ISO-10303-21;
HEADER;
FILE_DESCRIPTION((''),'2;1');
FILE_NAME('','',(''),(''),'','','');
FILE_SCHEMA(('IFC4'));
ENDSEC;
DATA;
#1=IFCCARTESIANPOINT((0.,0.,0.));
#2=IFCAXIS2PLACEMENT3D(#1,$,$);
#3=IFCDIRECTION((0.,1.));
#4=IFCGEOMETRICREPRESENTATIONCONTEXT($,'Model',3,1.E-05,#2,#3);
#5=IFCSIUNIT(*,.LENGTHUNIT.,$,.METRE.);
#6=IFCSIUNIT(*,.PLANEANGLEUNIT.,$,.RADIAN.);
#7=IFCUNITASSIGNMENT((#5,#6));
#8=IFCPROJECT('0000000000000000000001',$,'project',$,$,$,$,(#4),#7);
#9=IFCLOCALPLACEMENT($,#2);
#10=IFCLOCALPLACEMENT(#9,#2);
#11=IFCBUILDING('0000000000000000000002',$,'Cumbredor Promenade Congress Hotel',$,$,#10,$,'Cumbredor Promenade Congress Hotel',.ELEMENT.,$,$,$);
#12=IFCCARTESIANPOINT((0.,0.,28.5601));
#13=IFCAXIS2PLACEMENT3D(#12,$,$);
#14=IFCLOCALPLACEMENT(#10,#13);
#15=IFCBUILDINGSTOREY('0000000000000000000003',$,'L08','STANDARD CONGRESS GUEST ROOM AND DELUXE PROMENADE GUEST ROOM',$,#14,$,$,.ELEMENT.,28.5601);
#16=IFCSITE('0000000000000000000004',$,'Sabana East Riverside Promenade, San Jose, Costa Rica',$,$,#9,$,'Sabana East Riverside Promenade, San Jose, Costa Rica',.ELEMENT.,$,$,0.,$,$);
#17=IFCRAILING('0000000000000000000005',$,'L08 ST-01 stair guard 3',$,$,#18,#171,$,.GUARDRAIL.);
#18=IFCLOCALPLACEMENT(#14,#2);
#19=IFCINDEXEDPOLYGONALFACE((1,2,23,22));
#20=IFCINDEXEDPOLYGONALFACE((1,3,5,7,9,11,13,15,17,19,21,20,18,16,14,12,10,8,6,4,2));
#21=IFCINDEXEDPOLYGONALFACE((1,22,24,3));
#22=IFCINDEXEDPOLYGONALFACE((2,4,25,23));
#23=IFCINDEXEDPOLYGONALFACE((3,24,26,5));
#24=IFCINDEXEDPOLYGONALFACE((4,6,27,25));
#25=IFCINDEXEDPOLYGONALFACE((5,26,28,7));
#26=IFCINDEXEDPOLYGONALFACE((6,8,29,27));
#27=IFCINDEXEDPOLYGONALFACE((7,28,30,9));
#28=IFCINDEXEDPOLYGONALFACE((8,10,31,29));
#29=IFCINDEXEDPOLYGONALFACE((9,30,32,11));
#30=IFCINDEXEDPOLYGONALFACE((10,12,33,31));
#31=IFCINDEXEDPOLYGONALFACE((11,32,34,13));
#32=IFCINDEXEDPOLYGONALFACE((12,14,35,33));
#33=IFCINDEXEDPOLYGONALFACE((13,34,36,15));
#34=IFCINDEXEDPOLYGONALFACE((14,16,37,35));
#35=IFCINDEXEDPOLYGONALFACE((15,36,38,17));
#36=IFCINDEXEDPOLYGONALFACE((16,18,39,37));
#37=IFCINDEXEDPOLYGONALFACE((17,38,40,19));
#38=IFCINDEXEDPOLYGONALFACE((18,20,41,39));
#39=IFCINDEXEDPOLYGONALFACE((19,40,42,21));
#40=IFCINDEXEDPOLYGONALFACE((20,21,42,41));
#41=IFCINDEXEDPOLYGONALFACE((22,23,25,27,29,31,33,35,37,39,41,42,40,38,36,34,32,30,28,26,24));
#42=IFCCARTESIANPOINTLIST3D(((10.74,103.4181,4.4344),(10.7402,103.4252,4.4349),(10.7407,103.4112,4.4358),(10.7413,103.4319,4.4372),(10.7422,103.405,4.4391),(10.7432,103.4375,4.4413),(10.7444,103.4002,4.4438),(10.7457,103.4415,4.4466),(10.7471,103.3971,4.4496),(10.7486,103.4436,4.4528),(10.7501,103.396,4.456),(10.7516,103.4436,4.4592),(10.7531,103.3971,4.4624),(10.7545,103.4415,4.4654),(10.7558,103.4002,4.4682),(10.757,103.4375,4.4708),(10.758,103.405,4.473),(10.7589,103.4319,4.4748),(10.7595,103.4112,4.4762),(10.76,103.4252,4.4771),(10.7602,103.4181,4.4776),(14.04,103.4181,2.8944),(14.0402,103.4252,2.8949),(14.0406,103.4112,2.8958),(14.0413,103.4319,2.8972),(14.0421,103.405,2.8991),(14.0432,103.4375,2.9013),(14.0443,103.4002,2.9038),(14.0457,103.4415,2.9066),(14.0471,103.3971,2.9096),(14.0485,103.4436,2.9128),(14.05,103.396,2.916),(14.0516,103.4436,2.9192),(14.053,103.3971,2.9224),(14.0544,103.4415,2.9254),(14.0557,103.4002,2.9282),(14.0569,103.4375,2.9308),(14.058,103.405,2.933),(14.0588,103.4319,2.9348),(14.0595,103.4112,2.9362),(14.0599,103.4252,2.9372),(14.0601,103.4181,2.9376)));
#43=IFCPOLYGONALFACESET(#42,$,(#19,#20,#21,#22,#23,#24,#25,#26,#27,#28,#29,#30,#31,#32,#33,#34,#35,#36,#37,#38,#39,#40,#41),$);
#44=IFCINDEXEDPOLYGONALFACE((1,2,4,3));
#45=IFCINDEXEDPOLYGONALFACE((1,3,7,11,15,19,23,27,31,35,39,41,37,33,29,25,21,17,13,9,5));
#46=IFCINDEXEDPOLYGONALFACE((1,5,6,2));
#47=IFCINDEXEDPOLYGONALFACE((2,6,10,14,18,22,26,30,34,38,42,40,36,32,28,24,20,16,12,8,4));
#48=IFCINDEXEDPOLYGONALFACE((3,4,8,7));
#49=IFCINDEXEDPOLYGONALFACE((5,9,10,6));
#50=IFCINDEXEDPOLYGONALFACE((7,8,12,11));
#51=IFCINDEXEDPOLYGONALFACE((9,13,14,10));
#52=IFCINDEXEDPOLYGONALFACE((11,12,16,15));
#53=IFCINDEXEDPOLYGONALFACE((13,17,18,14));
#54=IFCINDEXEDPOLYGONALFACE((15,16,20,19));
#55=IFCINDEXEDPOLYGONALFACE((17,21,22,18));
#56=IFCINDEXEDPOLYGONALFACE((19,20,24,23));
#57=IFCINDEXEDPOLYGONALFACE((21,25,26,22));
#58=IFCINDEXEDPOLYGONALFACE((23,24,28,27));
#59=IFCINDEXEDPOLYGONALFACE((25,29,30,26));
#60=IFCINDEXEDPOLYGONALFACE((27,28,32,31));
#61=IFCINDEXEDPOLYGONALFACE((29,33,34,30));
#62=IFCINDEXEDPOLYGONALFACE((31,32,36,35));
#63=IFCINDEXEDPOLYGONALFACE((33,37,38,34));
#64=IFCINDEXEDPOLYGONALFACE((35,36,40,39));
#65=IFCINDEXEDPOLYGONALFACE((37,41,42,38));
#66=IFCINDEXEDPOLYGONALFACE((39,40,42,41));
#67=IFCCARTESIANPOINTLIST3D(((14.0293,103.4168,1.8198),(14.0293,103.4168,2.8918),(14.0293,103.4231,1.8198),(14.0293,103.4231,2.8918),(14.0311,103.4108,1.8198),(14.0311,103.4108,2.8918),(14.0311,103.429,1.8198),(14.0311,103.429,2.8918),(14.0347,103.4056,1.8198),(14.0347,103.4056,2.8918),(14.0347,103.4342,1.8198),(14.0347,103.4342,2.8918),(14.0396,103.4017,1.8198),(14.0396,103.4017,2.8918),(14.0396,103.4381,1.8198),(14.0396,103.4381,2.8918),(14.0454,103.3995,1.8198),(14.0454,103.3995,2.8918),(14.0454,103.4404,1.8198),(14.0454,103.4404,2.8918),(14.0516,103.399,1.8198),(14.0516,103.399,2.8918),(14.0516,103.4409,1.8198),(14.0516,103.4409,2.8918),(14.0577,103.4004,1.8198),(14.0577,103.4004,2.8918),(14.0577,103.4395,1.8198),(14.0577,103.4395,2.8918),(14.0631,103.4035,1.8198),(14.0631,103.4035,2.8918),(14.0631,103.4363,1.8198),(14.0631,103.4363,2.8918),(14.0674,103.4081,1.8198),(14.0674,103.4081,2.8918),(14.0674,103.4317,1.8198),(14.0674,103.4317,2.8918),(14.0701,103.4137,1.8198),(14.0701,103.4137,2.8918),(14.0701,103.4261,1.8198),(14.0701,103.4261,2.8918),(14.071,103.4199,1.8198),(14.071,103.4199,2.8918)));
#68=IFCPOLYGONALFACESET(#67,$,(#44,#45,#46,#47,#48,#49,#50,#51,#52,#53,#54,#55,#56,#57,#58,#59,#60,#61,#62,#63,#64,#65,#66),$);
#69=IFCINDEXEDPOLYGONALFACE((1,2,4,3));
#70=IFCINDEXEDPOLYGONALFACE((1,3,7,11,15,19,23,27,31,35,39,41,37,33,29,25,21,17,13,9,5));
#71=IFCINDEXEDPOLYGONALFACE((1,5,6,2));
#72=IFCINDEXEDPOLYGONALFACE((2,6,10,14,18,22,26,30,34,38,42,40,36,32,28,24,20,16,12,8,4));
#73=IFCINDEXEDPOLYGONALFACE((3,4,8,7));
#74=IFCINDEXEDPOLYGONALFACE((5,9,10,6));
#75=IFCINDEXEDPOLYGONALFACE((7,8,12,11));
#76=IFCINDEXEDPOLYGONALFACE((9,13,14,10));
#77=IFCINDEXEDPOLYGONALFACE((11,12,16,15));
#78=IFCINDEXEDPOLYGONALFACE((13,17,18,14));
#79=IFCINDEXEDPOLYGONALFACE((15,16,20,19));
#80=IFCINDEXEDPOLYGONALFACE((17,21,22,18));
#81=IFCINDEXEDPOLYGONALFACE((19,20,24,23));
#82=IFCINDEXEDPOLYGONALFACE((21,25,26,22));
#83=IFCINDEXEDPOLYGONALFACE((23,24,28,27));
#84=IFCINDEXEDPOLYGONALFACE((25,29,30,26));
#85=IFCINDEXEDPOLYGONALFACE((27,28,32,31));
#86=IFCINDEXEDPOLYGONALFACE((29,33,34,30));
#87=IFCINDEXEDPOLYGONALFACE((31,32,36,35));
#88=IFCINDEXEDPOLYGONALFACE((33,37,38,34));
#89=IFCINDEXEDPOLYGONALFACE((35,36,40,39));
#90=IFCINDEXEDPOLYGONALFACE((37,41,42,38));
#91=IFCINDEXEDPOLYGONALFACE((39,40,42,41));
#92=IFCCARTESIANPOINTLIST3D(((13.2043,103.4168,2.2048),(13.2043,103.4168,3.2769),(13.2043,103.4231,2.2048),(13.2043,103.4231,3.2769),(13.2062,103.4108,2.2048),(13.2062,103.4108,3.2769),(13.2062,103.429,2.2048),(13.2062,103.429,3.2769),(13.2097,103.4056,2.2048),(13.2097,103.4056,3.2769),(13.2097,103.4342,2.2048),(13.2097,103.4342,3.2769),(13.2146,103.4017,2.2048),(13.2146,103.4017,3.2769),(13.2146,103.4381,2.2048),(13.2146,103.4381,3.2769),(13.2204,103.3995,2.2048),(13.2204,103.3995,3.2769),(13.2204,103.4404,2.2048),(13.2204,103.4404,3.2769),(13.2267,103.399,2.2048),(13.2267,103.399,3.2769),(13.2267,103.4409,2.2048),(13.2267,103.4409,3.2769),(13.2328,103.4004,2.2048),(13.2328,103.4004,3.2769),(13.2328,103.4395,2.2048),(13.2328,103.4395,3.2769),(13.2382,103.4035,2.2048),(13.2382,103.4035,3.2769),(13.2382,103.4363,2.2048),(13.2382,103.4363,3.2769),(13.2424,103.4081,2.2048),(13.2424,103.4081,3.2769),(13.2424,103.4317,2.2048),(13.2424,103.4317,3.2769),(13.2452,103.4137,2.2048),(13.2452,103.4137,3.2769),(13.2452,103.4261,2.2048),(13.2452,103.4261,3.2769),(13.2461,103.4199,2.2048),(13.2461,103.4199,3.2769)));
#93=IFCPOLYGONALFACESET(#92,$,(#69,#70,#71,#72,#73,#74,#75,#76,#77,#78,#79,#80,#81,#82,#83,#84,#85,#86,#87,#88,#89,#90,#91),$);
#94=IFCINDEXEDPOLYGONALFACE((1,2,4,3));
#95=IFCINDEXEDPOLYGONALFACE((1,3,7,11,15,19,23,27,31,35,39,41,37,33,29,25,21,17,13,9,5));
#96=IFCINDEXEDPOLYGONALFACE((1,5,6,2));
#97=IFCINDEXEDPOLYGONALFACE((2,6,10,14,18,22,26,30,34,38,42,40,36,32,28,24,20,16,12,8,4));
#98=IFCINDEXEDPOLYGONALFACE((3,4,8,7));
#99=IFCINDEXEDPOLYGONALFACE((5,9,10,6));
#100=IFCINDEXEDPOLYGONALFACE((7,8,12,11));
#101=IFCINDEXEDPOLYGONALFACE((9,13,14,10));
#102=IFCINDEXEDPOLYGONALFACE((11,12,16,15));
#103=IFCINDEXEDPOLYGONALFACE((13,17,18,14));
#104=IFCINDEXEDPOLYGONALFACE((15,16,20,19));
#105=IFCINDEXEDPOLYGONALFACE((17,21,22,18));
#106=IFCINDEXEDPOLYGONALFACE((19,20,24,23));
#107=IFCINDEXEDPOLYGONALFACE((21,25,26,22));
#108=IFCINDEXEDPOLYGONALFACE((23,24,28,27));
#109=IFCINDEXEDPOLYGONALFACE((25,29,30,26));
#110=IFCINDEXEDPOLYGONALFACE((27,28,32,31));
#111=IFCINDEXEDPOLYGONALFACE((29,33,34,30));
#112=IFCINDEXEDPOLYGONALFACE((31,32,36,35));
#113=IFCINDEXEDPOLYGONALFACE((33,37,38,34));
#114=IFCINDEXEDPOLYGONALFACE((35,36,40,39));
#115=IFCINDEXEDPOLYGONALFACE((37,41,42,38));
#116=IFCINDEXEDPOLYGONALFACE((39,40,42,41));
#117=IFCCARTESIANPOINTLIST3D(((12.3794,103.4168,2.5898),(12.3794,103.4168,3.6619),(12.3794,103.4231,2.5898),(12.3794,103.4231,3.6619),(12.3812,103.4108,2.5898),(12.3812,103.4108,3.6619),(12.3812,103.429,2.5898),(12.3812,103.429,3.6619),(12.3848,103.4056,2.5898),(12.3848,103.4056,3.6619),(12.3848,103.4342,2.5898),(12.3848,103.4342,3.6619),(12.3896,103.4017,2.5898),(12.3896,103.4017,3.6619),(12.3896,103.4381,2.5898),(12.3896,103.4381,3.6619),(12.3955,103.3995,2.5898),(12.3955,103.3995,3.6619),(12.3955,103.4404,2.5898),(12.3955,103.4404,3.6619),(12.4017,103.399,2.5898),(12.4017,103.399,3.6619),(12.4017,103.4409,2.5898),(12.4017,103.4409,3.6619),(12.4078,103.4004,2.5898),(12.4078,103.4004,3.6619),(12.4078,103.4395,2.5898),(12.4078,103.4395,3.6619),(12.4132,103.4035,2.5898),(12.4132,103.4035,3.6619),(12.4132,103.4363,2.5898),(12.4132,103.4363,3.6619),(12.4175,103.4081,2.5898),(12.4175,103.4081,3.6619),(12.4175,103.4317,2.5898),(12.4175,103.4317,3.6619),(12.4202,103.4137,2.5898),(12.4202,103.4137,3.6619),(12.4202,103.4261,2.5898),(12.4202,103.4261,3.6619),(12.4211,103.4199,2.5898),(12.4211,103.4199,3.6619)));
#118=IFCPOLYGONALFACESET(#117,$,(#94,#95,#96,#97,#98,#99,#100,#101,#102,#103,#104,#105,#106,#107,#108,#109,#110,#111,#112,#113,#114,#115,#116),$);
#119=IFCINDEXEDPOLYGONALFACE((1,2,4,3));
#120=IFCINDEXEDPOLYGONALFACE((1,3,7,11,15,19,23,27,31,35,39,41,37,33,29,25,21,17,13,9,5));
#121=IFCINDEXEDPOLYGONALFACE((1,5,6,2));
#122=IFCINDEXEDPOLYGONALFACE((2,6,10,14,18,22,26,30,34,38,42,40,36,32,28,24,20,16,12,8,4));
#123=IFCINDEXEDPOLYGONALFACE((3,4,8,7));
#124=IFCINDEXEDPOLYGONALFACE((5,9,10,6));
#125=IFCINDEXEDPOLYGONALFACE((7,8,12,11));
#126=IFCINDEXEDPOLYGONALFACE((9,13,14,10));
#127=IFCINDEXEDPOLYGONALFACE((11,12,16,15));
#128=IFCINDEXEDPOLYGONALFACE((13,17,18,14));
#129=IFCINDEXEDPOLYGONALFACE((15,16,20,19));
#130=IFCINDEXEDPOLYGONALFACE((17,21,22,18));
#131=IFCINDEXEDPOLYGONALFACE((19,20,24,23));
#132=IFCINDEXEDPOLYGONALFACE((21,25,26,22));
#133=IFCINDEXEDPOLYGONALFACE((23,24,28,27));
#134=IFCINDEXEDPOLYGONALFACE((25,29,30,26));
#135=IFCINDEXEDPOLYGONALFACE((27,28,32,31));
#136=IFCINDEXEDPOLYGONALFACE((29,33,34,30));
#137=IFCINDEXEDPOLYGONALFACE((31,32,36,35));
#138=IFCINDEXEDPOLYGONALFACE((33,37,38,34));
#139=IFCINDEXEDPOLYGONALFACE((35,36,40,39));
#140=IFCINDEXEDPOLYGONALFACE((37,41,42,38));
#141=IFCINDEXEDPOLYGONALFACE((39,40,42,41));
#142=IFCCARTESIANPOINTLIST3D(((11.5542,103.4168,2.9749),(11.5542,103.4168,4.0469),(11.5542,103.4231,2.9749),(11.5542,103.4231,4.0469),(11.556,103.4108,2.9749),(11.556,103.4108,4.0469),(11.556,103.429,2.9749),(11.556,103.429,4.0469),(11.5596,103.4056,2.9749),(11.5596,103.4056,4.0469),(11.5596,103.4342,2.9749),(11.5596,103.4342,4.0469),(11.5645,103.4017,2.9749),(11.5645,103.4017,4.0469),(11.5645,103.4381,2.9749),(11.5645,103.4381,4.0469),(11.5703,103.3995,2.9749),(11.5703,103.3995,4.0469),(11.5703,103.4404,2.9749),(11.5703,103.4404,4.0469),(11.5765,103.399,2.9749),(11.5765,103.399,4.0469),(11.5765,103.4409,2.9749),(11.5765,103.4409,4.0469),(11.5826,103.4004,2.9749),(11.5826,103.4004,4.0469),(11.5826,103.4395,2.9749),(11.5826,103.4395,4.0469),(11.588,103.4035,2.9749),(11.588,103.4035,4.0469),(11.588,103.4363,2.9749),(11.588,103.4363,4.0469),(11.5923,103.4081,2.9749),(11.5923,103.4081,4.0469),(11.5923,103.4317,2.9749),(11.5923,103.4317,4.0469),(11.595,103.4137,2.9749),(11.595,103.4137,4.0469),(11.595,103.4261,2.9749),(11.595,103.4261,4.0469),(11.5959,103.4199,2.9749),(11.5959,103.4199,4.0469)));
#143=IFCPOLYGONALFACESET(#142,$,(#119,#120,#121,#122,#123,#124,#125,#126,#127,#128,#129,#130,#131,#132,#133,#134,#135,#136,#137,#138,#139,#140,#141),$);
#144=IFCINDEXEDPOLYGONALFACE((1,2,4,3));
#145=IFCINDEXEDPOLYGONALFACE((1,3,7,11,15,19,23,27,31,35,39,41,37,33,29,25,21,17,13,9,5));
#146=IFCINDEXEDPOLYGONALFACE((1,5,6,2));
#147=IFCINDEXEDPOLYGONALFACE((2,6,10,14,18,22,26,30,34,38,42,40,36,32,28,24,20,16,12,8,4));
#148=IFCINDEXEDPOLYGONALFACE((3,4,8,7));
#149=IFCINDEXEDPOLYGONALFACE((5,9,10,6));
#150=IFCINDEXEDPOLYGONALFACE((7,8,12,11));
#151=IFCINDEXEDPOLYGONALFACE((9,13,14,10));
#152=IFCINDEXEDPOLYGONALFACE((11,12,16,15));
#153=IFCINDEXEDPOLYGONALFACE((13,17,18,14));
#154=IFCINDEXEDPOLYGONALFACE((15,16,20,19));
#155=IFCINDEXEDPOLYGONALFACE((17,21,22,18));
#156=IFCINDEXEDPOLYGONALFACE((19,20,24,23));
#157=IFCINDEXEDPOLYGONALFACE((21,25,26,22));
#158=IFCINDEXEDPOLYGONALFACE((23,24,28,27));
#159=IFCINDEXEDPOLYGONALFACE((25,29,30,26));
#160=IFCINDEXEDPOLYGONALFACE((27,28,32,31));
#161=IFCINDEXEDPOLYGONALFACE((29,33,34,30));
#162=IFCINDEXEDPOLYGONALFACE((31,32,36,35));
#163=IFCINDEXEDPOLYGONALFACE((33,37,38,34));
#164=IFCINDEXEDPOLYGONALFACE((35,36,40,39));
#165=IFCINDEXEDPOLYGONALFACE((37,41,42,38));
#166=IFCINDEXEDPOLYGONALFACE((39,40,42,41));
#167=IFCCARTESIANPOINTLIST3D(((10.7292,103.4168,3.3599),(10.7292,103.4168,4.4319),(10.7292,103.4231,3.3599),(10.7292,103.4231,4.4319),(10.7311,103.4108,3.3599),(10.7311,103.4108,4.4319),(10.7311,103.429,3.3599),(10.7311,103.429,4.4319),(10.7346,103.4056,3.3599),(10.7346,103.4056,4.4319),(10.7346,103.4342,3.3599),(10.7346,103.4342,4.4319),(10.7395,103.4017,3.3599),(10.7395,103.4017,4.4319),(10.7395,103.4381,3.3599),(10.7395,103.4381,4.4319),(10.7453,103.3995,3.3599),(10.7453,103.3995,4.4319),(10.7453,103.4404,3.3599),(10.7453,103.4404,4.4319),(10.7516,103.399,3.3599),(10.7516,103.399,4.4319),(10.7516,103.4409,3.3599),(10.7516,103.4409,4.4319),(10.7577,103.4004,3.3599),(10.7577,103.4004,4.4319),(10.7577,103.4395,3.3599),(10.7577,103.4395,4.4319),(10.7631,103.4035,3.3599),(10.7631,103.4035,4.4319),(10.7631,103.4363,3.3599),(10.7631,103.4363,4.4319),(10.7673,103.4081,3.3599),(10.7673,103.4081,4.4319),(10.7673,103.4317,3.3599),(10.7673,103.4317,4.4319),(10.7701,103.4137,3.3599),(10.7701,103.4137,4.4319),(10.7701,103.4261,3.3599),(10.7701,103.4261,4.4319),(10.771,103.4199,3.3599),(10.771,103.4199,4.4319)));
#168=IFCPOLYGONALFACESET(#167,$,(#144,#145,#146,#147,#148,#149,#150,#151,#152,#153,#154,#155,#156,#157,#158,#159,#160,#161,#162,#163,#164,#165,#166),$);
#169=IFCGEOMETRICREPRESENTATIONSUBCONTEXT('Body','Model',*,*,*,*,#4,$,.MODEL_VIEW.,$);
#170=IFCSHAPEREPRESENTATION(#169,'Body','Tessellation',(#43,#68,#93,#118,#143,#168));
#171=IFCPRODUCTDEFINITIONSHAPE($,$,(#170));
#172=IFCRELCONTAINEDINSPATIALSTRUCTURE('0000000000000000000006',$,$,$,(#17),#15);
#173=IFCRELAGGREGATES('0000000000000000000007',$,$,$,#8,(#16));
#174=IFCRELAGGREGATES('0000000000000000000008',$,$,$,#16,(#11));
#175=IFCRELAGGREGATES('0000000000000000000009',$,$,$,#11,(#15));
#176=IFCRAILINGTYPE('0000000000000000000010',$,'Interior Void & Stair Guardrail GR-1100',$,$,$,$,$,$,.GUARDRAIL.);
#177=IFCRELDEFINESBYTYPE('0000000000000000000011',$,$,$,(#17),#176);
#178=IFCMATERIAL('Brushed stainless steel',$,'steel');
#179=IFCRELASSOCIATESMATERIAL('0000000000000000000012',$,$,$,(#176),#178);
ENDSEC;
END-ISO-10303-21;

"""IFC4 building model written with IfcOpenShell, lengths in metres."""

from ifc_helpers import new_model, si_unit, direction, frame, origin, origin_2d, place, context, subcontext, project, spatial, circle, extrude, material, type_object, element, save


model = new_model("IFC4")

# Units and contexts
model_context = context("Model", 3, precision=1e-05, world=origin(), true_north=direction((0.0, 1.0)))
body_context = subcontext(model_context, "Body", "Model", "MODEL_VIEW")
ifc_project = project(units=[si_unit("LENGTHUNIT", "METRE"), si_unit("PLANEANGLEUNIT", "RADIAN")], contexts=[model_context])

# Site, building, storey
site_placement = place(None, origin())
site = spatial("IfcSite", under=ifc_project, at=site_placement, Name="Sabana East Riverside Promenade, San Jose, Costa Rica", LongName="Sabana East Riverside Promenade, San Jose, Costa Rica", CompositionType="ELEMENT", RefElevation=0.0)
building_placement = place(site_placement, origin())
building = spatial("IfcBuilding", under=site, at=building_placement, Name="Cumbredor Promenade Congress Hotel", LongName="Cumbredor Promenade Congress Hotel", CompositionType="ELEMENT")
storey_placement = place(building_placement, frame((0.0, 0.0, 28.5601)))
storey = spatial("IfcBuildingStorey", under=building, at=storey_placement, Name="L08", Description="STANDARD CONGRESS GUEST ROOM AND DELUXE PROMENADE GUEST ROOM", CompositionType="ELEMENT", Elevation=28.5601)

# Railing
ifc_material_1 = material(Name="Brushed stainless steel", Category="steel")
railing_type_1 = type_object("IfcRailingType", Name="Interior Void & Stair Guardrail GR-1100", PredefinedType="GUARDRAIL", material=ifc_material_1)
railing_1_placement = place(storey_placement, frame((14.05, 103.4199, 1.8198)))
element("IfcRailing", 1, at=railing_1_placement, inside=storey, type_object=railing_type_1, Name="L08 ST-01 stair guard 3", PredefinedType="GUARDRAIL", context=body_context, shape_type="SweptSolid", body=[
    extrude(circle(Radius=0.0239, at=origin_2d()), frame((0.0, 0.0, 1.0962), z_axis=(-0.906181, 0.0, 0.422889), x_axis=(0.0, -1.0, 0.0)), (0.0, 0.0, 1.0), 3.6416),
    extrude(circle(Radius=0.021, at=origin_2d()), origin(), (0.0, 0.0, 1.0), 1.072),
    extrude(circle(Radius=0.021, at=origin_2d()), frame((-0.825, 0.0, 0.385)), (0.0, 0.0, 1.0), 1.072),
    extrude(circle(Radius=0.021, at=origin_2d()), frame((-1.6499, 0.0, 0.77)), (0.0, 0.0, 1.0), 1.072),
    extrude(circle(Radius=0.021, at=origin_2d()), frame((-2.4751, 0.0, 1.155)), (0.0, 0.0, 1.0), 1.072),
    extrude(circle(Radius=0.021, at=origin_2d()), frame((-3.3, 0.0, 1.54)), (0.0, 0.0, 1.0), 1.072),
])

save(model, "model.ifc")
